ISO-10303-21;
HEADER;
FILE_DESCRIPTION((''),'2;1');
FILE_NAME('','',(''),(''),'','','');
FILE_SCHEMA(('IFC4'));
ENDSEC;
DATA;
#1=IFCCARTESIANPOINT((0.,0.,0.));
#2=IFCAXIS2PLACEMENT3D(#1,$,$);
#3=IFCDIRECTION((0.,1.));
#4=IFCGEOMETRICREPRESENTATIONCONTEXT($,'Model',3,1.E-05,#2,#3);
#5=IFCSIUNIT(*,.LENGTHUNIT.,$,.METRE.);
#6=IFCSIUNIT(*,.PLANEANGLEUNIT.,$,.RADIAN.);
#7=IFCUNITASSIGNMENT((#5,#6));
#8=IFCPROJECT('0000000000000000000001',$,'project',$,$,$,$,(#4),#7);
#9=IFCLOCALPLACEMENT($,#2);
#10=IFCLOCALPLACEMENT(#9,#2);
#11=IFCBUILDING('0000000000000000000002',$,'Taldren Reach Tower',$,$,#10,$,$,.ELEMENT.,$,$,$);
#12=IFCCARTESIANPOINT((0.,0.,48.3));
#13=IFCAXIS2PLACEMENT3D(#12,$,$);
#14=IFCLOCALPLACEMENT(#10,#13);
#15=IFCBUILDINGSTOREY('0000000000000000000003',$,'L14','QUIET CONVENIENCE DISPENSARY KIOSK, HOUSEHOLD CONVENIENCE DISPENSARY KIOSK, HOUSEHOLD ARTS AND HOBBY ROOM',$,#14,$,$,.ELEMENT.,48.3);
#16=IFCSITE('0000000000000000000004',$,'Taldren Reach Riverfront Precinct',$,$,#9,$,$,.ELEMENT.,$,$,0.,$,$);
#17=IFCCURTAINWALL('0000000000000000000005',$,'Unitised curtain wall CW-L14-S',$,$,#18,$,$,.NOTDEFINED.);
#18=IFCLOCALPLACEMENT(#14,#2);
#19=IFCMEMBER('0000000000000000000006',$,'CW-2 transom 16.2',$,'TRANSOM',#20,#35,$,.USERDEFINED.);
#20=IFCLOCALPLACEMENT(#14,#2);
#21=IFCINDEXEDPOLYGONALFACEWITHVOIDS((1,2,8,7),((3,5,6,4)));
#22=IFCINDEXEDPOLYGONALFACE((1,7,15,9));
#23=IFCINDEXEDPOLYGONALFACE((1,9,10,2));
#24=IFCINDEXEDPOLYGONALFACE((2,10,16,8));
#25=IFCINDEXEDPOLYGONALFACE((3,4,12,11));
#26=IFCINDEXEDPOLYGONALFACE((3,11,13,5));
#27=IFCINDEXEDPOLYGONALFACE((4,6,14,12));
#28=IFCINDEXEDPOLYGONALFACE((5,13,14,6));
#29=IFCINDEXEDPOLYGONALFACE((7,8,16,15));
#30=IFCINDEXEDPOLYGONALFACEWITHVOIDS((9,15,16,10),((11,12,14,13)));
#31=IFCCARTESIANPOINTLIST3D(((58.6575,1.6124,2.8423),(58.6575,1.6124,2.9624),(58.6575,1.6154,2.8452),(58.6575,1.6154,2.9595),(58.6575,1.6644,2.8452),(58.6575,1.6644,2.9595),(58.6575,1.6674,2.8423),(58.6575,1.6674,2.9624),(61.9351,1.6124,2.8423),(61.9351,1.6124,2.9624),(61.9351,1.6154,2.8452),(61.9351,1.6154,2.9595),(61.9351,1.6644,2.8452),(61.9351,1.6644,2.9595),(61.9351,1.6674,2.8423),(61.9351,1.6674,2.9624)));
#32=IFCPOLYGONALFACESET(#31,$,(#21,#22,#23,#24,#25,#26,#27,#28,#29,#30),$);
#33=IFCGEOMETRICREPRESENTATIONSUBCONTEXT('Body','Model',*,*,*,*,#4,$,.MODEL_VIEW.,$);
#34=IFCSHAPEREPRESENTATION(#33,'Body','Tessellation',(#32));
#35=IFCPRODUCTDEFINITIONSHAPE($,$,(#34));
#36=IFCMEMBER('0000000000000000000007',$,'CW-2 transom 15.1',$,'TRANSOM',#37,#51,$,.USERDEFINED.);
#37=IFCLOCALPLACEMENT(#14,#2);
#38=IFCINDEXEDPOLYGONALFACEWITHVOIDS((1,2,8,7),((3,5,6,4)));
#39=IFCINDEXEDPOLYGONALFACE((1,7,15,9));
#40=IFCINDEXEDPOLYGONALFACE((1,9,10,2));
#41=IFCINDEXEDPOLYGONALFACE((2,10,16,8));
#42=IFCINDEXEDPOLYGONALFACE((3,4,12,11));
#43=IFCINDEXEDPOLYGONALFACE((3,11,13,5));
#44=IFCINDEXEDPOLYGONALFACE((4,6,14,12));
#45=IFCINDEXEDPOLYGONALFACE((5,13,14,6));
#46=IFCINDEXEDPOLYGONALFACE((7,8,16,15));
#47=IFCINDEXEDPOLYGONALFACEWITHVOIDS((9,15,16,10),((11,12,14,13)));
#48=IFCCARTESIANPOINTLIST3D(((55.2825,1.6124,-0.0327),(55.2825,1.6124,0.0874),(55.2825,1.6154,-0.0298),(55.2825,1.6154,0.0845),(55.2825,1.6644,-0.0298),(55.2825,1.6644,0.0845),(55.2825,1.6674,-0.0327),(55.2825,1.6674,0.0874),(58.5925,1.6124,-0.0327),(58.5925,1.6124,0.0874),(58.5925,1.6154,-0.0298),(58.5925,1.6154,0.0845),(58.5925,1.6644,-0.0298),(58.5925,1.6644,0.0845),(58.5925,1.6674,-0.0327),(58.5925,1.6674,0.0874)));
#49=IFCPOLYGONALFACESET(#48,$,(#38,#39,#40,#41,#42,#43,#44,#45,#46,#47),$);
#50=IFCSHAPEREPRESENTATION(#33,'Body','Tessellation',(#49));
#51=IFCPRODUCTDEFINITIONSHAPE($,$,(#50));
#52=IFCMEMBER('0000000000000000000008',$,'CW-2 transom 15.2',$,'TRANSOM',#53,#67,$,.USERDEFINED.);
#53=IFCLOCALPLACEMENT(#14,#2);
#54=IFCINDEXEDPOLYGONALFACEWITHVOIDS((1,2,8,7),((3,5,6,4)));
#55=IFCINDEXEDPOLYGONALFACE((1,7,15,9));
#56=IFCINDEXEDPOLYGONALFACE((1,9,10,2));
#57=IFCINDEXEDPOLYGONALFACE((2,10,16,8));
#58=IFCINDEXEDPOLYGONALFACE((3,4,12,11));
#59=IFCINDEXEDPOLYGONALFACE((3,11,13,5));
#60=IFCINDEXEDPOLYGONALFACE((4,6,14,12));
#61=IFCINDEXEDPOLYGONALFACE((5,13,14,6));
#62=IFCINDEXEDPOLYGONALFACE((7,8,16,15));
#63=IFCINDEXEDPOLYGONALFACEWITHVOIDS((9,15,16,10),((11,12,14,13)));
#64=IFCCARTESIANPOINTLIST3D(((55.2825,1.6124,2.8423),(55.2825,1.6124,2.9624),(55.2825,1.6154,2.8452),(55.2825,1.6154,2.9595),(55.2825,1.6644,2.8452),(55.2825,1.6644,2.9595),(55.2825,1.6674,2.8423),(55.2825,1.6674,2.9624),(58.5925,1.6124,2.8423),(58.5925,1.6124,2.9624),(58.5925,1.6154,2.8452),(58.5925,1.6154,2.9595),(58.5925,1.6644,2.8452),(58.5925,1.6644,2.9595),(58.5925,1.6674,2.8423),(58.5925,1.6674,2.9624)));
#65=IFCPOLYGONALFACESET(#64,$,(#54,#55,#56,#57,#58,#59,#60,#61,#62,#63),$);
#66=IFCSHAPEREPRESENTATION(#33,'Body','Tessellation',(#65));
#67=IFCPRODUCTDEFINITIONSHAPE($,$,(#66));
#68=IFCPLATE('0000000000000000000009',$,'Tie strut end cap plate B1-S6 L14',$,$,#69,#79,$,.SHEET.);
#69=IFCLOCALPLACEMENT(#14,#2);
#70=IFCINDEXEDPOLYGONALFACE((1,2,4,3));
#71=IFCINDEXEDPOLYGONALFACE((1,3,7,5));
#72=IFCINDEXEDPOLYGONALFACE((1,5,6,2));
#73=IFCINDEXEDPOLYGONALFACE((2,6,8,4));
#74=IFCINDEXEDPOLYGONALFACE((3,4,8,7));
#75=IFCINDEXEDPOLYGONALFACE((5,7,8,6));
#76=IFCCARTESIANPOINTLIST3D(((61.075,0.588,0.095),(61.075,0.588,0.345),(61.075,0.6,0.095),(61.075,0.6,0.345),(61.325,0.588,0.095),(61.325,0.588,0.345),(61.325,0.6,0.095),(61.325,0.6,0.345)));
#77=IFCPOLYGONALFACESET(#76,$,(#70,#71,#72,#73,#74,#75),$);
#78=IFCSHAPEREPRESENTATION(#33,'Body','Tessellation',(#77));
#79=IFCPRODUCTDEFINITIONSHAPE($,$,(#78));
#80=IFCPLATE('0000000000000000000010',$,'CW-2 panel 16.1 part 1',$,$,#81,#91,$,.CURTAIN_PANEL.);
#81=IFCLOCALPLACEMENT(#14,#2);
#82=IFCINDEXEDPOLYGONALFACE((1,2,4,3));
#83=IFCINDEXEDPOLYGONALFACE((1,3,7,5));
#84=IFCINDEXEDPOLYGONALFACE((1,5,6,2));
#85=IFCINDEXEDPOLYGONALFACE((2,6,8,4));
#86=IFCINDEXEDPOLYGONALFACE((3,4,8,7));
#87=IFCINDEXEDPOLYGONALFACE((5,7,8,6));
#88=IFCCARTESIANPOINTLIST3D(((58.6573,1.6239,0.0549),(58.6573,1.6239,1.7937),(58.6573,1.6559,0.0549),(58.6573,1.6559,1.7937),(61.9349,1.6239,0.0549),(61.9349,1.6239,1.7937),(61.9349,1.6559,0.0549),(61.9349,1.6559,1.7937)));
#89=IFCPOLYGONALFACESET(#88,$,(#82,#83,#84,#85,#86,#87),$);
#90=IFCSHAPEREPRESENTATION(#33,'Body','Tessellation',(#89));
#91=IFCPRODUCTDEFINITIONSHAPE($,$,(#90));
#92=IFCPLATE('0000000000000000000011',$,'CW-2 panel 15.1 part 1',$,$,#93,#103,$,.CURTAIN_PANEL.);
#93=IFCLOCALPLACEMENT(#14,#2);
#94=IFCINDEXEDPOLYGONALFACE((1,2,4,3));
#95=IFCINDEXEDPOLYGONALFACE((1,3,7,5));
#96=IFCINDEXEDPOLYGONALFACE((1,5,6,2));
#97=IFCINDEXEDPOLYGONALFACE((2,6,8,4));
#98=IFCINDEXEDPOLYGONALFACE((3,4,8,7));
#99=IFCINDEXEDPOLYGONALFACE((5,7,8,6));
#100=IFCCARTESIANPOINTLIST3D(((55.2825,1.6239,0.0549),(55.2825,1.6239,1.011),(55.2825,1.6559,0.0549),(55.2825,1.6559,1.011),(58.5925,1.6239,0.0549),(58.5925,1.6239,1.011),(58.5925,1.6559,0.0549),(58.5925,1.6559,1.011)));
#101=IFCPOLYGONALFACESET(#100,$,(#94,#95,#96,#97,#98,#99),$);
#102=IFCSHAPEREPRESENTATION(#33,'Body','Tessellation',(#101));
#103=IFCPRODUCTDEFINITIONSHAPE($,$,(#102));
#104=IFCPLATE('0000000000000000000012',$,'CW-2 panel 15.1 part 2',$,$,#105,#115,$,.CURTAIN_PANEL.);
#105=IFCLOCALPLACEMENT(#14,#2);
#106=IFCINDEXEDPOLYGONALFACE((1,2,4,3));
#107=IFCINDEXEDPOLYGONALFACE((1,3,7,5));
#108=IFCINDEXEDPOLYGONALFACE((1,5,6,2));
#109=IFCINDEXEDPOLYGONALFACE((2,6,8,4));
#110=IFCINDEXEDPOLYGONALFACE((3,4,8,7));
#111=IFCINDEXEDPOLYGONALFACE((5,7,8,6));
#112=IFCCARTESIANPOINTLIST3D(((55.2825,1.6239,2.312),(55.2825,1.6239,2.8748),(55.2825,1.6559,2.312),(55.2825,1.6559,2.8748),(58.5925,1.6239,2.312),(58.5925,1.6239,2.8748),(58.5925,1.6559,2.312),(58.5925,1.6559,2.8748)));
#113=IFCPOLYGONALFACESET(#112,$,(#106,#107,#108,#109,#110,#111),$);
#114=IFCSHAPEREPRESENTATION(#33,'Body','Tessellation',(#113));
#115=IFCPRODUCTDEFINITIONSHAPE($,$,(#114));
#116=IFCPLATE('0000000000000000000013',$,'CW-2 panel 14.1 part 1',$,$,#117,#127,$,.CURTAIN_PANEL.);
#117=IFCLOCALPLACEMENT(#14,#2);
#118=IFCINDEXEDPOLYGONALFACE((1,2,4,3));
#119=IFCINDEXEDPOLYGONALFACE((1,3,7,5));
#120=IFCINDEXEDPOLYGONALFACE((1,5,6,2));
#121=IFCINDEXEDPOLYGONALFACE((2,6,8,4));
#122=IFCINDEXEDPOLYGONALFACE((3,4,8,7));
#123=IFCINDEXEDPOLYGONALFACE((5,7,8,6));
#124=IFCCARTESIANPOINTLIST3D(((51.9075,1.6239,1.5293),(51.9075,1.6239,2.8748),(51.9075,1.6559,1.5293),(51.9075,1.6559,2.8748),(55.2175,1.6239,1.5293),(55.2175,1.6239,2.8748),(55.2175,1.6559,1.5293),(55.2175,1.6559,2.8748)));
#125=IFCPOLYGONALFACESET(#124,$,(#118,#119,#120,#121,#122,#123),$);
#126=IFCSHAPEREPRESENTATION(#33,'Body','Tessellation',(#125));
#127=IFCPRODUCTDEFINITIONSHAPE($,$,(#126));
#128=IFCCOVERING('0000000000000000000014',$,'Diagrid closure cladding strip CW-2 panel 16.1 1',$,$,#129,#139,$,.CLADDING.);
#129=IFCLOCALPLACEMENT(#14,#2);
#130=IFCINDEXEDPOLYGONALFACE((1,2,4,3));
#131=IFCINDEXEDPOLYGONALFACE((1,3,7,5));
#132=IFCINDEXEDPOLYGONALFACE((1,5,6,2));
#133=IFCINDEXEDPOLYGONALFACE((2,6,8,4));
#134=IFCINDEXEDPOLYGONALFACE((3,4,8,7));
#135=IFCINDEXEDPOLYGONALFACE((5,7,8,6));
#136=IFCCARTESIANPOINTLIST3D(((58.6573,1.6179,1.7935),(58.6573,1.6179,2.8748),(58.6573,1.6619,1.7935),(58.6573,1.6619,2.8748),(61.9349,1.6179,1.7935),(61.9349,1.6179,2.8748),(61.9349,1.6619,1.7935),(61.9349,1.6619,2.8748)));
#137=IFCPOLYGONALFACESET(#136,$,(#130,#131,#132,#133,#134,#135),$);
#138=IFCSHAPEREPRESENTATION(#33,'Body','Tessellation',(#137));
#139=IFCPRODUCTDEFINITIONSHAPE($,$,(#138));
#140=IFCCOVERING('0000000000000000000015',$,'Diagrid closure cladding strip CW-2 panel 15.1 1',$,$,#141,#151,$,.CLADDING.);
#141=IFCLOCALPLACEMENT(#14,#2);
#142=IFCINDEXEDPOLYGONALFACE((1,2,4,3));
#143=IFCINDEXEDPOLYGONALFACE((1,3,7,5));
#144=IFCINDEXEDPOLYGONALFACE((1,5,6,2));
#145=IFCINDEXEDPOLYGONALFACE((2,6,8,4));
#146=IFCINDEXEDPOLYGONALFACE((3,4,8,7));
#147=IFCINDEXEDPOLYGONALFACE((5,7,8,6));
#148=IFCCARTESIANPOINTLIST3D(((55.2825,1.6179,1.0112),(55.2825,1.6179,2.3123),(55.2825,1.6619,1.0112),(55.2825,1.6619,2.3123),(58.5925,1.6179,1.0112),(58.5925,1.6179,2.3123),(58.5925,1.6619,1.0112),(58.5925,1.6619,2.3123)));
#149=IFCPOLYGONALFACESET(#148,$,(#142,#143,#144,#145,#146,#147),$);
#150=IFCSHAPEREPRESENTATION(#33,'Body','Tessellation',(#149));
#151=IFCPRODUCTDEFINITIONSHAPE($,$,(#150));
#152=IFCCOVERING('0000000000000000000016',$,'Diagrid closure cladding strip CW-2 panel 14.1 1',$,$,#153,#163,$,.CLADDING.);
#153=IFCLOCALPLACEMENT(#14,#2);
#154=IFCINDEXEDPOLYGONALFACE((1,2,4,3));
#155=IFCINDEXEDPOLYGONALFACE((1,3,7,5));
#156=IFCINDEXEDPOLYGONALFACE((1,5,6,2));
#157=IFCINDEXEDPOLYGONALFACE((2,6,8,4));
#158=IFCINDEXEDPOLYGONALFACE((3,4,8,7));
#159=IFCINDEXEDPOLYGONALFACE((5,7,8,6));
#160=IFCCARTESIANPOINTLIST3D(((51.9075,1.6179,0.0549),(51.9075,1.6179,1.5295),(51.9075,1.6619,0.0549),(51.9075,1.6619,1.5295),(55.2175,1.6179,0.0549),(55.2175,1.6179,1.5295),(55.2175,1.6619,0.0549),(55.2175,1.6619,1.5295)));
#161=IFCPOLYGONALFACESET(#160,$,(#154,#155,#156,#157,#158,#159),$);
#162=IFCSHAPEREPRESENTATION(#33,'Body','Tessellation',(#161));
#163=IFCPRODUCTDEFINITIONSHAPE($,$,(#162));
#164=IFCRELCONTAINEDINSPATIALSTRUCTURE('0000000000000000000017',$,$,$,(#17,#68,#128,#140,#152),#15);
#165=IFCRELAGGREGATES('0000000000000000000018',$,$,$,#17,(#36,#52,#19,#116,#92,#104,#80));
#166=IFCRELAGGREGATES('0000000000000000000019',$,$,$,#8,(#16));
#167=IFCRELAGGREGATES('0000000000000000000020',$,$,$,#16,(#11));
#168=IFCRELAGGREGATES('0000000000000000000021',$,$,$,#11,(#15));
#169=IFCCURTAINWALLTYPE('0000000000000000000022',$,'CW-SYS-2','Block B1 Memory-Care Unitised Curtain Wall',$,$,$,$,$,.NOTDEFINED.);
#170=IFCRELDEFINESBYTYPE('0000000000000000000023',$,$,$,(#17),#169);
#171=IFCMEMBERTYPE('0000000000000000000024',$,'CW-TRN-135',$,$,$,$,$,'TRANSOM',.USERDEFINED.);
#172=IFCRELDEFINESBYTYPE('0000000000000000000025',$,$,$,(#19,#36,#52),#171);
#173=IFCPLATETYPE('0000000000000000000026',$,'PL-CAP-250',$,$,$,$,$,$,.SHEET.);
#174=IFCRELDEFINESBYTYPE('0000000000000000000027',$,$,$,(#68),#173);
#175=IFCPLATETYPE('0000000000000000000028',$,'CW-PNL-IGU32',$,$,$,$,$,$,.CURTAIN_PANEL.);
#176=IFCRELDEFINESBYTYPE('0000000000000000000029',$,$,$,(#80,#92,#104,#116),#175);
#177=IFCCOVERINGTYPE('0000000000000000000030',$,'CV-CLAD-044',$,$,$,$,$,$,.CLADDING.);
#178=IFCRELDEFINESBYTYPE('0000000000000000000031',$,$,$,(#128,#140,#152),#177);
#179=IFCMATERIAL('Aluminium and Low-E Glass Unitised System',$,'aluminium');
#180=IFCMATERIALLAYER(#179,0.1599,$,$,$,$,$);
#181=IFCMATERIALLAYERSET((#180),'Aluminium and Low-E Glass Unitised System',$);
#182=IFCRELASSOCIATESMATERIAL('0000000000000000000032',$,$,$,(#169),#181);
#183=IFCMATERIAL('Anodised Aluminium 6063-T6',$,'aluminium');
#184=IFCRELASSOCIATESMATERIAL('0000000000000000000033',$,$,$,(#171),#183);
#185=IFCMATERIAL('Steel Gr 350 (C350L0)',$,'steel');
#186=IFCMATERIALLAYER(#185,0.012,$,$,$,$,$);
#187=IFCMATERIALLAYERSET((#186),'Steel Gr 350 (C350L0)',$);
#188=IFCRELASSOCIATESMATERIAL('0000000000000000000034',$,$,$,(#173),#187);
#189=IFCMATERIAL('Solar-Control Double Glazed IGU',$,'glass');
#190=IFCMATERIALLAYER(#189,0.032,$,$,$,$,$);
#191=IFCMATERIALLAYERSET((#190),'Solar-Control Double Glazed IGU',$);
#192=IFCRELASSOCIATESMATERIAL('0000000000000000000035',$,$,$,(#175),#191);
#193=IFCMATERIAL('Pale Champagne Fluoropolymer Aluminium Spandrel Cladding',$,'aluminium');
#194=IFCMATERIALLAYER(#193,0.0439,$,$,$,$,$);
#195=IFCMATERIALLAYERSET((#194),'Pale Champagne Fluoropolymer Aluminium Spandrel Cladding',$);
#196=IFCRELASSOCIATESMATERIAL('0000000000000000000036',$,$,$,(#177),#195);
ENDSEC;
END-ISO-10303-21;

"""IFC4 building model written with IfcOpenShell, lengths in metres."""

from ifc_helpers import new_model, si_unit, direction, frame, origin, origin_2d, place, context, subcontext, project, spatial, rectangle, hollow_rectangle, extrude, source, transform, mapped, material, layer, layer_set, material_profile, profile_set, type_object, element, aggregate, save


model = new_model("IFC4")

# Units and contexts
model_context = context("Model", 3, precision=1e-05, world=origin(), true_north=direction((0.0, 1.0)))
body_context = subcontext(model_context, "Body", "Model", "MODEL_VIEW")
ifc_project = project(units=[si_unit("LENGTHUNIT", "METRE"), si_unit("PLANEANGLEUNIT", "RADIAN")], contexts=[model_context])

# Site, building, storey
site_placement = place(None, origin())
site = spatial("IfcSite", under=ifc_project, at=site_placement, Name="Taldren Reach Riverfront Precinct", CompositionType="ELEMENT", RefElevation=0.0)
building_placement = place(site_placement, origin())
building = spatial("IfcBuilding", under=site, at=building_placement, Name="Taldren Reach Tower", CompositionType="ELEMENT")
storey_placement = place(building_placement, frame((0.0, 0.0, 48.3)))
storey = spatial("IfcBuildingStorey", under=building, at=storey_placement, Name="L14", Description="QUIET CONVENIENCE DISPENSARY KIOSK, HOUSEHOLD CONVENIENCE DISPENSARY KIOSK, HOUSEHOLD ARTS AND HOBBY ROOM", CompositionType="ELEMENT", Elevation=48.3)

# Shared definitions
ifc_material_1 = material(Name="Steel Gr 350 (C350L0)", Category="steel")

# Curtain wall, members
ifc_material_2 = material(Name="Aluminium and Low-E Glass Unitised System", Category="aluminium")
ifc_layer_1 = layer(ifc_material_2, 0.1599)
ifc_layer_set_1 = layer_set([ifc_layer_1], Name="Aluminium and Low-E Glass Unitised System")
curtain_wall_type = type_object("IfcCurtainWallType", Name="CW-SYS-2", Description="Block B1 Memory-Care Unitised Curtain Wall", PredefinedType="NOTDEFINED", material=ifc_layer_set_1)
curtain_wall_placement = place(storey_placement, origin())
curtain_wall = element("IfcCurtainWall", 1, at=curtain_wall_placement, inside=storey, type_object=curtain_wall_type, Name="Unitised curtain wall CW-L14-S", PredefinedType="NOTDEFINED")
ifc_material_3 = material(Name="Anodised Aluminium 6063-T6", Category="aluminium")
ifc_material_profile_1 = material_profile(ifc_material_3, hollow_rectangle(XDim=0.0549, YDim=0.1201, WallThickness=0.0029, at=origin_2d()), Name="ALU-120x55x3RHS")
ifc_profile_set_1 = profile_set([ifc_material_profile_1], Name="Anodised Aluminium 6063-T6")
member_type_1 = type_object("IfcMemberType", Name="CW-TRN-135", ElementType="TRANSOM", PredefinedType="USERDEFINED", material=ifc_profile_set_1)
shared_shape_1 = source(origin(), body_context, "Body", "SweptSolid", [
    extrude(hollow_rectangle(XDim=0.0549, YDim=0.1201, WallThickness=0.0029, at=origin_2d()), origin(), (0.0, 0.0, 1.0), 3.2776),
])
member_1_placement = place(storey_placement, frame((58.6575, 1.6399, 2.9023), z_axis=(1.0, 0.0, 0.0), x_axis=(0.0, 1.0, 0.0)))
member_1 = element("IfcMember", 2, at=member_1_placement, type_object=member_type_1, Name="CW-2 transom 16.2", ObjectType="TRANSOM", PredefinedType="USERDEFINED", context=body_context, shape_type="MappedRepresentation", body=[
    mapped(shared_shape_1, transform((0.0, 0.0, 0.0), scale=1.0)),
])
shared_shape_2 = source(origin(), body_context, "Body", "SweptSolid", [
    extrude(hollow_rectangle(XDim=0.0549, YDim=0.1201, WallThickness=0.0029, at=origin_2d()), origin(), (0.0, 0.0, 1.0), 3.3101),
])
member_2_placement = place(storey_placement, frame((55.2825, 1.6399, 0.0273), z_axis=(1.0, 0.0, 0.0), x_axis=(0.0, 1.0, 0.0)))
member_2 = element("IfcMember", 3, at=member_2_placement, type_object=member_type_1, Name="CW-2 transom 15.1", ObjectType="TRANSOM", PredefinedType="USERDEFINED", context=body_context, shape_type="MappedRepresentation", body=[
    mapped(shared_shape_2, transform((0.0, 0.0, 0.0), scale=1.0)),
])
member_3_placement = place(storey_placement, frame((55.2825, 1.6399, 2.9023), z_axis=(1.0, 0.0, 0.0), x_axis=(0.0, 1.0, 0.0)))
member_3 = element("IfcMember", 4, at=member_3_placement, type_object=member_type_1, Name="CW-2 transom 15.2", ObjectType="TRANSOM", PredefinedType="USERDEFINED", context=body_context, shape_type="MappedRepresentation", body=[
    mapped(shared_shape_2, transform((0.0, 0.0, 0.0), scale=1.0)),
])

# Plates
ifc_layer_2 = layer(ifc_material_1, 0.012)
ifc_layer_set_2 = layer_set([ifc_layer_2], Name="Steel Gr 350 (C350L0)")
plate_type_1 = type_object("IfcPlateType", Name="PL-CAP-250", PredefinedType="SHEET", material=ifc_layer_set_2)
shared_shape_3 = source(origin(), body_context, "Body", "SweptSolid", [
    extrude(rectangle(XDim=0.25, YDim=0.012, at=origin_2d()), origin(), (0.0, 0.0, 1.0), 0.25),
])
plate_1_placement = place(storey_placement, frame((61.2, 0.594, 0.095), z_axis=(0.0, 0.0, 1.0), x_axis=(1.0, 0.0, 0.0)))
element("IfcPlate", 5, at=plate_1_placement, inside=storey, type_object=plate_type_1, Name="Tie strut end cap plate B1-S6 L14", PredefinedType="SHEET", context=body_context, shape_type="MappedRepresentation", body=[
    mapped(shared_shape_3, transform((0.0, 0.0, 0.0), scale=1.0)),
])
ifc_material_4 = material(Name="Solar-Control Double Glazed IGU", Category="glass")
ifc_layer_3 = layer(ifc_material_4, 0.032)
ifc_layer_set_3 = layer_set([ifc_layer_3], Name="Solar-Control Double Glazed IGU")
plate_type_2 = type_object("IfcPlateType", Name="CW-PNL-IGU32", PredefinedType="CURTAIN_PANEL", material=ifc_layer_set_3)
shared_shape_4 = source(origin(), body_context, "Body", "SweptSolid", [
    extrude(rectangle(XDim=3.2776, YDim=0.032, at=origin_2d()), origin(), (0.0, 0.0, 1.0), 1.7388),
])
plate_2_placement = place(storey_placement, frame((60.2961, 1.6399, 0.0549), z_axis=(0.0, 0.0, 1.0), x_axis=(1.0, 0.0, 0.0)))
plate_2 = element("IfcPlate", 6, at=plate_2_placement, type_object=plate_type_2, Name="CW-2 panel 16.1 part 1", PredefinedType="CURTAIN_PANEL", context=body_context, shape_type="MappedRepresentation", body=[
    mapped(shared_shape_4, transform((0.0, 0.0, 0.0), scale=1.0)),
])
shared_shape_5 = source(origin(), body_context, "Body", "SweptSolid", [
    extrude(rectangle(XDim=3.3101, YDim=0.032, at=origin_2d()), origin(), (0.0, 0.0, 1.0), 0.9561),
])
plate_3_placement = place(storey_placement, frame((56.9375, 1.6399, 0.0549), z_axis=(0.0, 0.0, 1.0), x_axis=(1.0, 0.0, 0.0)))
plate_3 = element("IfcPlate", 7, at=plate_3_placement, type_object=plate_type_2, Name="CW-2 panel 15.1 part 1", PredefinedType="CURTAIN_PANEL", context=body_context, shape_type="MappedRepresentation", body=[
    mapped(shared_shape_5, transform((0.0, 0.0, 0.0), scale=1.0)),
])
shared_shape_6 = source(origin(), body_context, "Body", "SweptSolid", [
    extrude(rectangle(XDim=3.3101, YDim=0.032, at=origin_2d()), origin(), (0.0, 0.0, 1.0), 0.5627),
])
plate_4_placement = place(storey_placement, frame((56.9375, 1.6399, 2.312), z_axis=(0.0, 0.0, 1.0), x_axis=(1.0, 0.0, 0.0)))
plate_4 = element("IfcPlate", 8, at=plate_4_placement, type_object=plate_type_2, Name="CW-2 panel 15.1 part 2", PredefinedType="CURTAIN_PANEL", context=body_context, shape_type="MappedRepresentation", body=[
    mapped(shared_shape_6, transform((0.0, 0.0, 0.0), scale=1.0)),
])
shared_shape_7 = source(origin(), body_context, "Body", "SweptSolid", [
    extrude(rectangle(XDim=3.3101, YDim=0.032, at=origin_2d()), origin(), (0.0, 0.0, 1.0), 1.3455),
])
plate_5_placement = place(storey_placement, frame((53.5625, 1.6399, 1.5293), z_axis=(0.0, 0.0, 1.0), x_axis=(1.0, 0.0, 0.0)))
plate_5 = element("IfcPlate", 9, at=plate_5_placement, type_object=plate_type_2, Name="CW-2 panel 14.1 part 1", PredefinedType="CURTAIN_PANEL", context=body_context, shape_type="MappedRepresentation", body=[
    mapped(shared_shape_7, transform((0.0, 0.0, 0.0), scale=1.0)),
])
aggregate(curtain_wall, [member_2, member_3, member_1, plate_5, plate_3, plate_4, plate_2])

# Coverings
ifc_material_5 = material(Name="Pale Champagne Fluoropolymer Aluminium Spandrel Cladding", Category="aluminium")
ifc_layer_4 = layer(ifc_material_5, 0.0439)
ifc_layer_set_4 = layer_set([ifc_layer_4], Name="Pale Champagne Fluoropolymer Aluminium Spandrel Cladding")
covering_type = type_object("IfcCoveringType", Name="CV-CLAD-044", PredefinedType="CLADDING", material=ifc_layer_set_4)
shared_shape_8 = source(origin(), body_context, "Body", "SweptSolid", [
    extrude(rectangle(XDim=3.2776, YDim=0.0439, at=origin_2d()), origin(), (0.0, 0.0, 1.0), 1.0813),
])
covering_1_placement = place(storey_placement, frame((60.2961, 1.6399, 1.7935), z_axis=(0.0, 0.0, 1.0), x_axis=(1.0, 0.0, 0.0)))
element("IfcCovering", 10, at=covering_1_placement, inside=storey, type_object=covering_type, Name="Diagrid closure cladding strip CW-2 panel 16.1 1", PredefinedType="CLADDING", context=body_context, shape_type="MappedRepresentation", body=[
    mapped(shared_shape_8, transform((0.0, 0.0, 0.0), scale=1.0)),
])
shared_shape_9 = source(origin(), body_context, "Body", "SweptSolid", [
    extrude(rectangle(XDim=3.3101, YDim=0.0439, at=origin_2d()), origin(), (0.0, 0.0, 1.0), 1.301),
])
covering_2_placement = place(storey_placement, frame((56.9375, 1.6399, 1.0112), z_axis=(0.0, 0.0, 1.0), x_axis=(1.0, 0.0, 0.0)))
element("IfcCovering", 11, at=covering_2_placement, inside=storey, type_object=covering_type, Name="Diagrid closure cladding strip CW-2 panel 15.1 1", PredefinedType="CLADDING", context=body_context, shape_type="MappedRepresentation", body=[
    mapped(shared_shape_9, transform((0.0, 0.0, 0.0), scale=1.0)),
])
shared_shape_10 = source(origin(), body_context, "Body", "SweptSolid", [
    extrude(rectangle(XDim=3.3101, YDim=0.0439, at=origin_2d()), origin(), (0.0, 0.0, 1.0), 1.4746),
])
covering_3_placement = place(storey_placement, frame((53.5625, 1.6399, 0.0549), z_axis=(0.0, 0.0, 1.0), x_axis=(1.0, 0.0, 0.0)))
element("IfcCovering", 12, at=covering_3_placement, inside=storey, type_object=covering_type, Name="Diagrid closure cladding strip CW-2 panel 14.1 1", PredefinedType="CLADDING", context=body_context, shape_type="MappedRepresentation", body=[
    mapped(shared_shape_10, transform((0.0, 0.0, 0.0), scale=1.0)),
])

save(model, "model.ifc")
